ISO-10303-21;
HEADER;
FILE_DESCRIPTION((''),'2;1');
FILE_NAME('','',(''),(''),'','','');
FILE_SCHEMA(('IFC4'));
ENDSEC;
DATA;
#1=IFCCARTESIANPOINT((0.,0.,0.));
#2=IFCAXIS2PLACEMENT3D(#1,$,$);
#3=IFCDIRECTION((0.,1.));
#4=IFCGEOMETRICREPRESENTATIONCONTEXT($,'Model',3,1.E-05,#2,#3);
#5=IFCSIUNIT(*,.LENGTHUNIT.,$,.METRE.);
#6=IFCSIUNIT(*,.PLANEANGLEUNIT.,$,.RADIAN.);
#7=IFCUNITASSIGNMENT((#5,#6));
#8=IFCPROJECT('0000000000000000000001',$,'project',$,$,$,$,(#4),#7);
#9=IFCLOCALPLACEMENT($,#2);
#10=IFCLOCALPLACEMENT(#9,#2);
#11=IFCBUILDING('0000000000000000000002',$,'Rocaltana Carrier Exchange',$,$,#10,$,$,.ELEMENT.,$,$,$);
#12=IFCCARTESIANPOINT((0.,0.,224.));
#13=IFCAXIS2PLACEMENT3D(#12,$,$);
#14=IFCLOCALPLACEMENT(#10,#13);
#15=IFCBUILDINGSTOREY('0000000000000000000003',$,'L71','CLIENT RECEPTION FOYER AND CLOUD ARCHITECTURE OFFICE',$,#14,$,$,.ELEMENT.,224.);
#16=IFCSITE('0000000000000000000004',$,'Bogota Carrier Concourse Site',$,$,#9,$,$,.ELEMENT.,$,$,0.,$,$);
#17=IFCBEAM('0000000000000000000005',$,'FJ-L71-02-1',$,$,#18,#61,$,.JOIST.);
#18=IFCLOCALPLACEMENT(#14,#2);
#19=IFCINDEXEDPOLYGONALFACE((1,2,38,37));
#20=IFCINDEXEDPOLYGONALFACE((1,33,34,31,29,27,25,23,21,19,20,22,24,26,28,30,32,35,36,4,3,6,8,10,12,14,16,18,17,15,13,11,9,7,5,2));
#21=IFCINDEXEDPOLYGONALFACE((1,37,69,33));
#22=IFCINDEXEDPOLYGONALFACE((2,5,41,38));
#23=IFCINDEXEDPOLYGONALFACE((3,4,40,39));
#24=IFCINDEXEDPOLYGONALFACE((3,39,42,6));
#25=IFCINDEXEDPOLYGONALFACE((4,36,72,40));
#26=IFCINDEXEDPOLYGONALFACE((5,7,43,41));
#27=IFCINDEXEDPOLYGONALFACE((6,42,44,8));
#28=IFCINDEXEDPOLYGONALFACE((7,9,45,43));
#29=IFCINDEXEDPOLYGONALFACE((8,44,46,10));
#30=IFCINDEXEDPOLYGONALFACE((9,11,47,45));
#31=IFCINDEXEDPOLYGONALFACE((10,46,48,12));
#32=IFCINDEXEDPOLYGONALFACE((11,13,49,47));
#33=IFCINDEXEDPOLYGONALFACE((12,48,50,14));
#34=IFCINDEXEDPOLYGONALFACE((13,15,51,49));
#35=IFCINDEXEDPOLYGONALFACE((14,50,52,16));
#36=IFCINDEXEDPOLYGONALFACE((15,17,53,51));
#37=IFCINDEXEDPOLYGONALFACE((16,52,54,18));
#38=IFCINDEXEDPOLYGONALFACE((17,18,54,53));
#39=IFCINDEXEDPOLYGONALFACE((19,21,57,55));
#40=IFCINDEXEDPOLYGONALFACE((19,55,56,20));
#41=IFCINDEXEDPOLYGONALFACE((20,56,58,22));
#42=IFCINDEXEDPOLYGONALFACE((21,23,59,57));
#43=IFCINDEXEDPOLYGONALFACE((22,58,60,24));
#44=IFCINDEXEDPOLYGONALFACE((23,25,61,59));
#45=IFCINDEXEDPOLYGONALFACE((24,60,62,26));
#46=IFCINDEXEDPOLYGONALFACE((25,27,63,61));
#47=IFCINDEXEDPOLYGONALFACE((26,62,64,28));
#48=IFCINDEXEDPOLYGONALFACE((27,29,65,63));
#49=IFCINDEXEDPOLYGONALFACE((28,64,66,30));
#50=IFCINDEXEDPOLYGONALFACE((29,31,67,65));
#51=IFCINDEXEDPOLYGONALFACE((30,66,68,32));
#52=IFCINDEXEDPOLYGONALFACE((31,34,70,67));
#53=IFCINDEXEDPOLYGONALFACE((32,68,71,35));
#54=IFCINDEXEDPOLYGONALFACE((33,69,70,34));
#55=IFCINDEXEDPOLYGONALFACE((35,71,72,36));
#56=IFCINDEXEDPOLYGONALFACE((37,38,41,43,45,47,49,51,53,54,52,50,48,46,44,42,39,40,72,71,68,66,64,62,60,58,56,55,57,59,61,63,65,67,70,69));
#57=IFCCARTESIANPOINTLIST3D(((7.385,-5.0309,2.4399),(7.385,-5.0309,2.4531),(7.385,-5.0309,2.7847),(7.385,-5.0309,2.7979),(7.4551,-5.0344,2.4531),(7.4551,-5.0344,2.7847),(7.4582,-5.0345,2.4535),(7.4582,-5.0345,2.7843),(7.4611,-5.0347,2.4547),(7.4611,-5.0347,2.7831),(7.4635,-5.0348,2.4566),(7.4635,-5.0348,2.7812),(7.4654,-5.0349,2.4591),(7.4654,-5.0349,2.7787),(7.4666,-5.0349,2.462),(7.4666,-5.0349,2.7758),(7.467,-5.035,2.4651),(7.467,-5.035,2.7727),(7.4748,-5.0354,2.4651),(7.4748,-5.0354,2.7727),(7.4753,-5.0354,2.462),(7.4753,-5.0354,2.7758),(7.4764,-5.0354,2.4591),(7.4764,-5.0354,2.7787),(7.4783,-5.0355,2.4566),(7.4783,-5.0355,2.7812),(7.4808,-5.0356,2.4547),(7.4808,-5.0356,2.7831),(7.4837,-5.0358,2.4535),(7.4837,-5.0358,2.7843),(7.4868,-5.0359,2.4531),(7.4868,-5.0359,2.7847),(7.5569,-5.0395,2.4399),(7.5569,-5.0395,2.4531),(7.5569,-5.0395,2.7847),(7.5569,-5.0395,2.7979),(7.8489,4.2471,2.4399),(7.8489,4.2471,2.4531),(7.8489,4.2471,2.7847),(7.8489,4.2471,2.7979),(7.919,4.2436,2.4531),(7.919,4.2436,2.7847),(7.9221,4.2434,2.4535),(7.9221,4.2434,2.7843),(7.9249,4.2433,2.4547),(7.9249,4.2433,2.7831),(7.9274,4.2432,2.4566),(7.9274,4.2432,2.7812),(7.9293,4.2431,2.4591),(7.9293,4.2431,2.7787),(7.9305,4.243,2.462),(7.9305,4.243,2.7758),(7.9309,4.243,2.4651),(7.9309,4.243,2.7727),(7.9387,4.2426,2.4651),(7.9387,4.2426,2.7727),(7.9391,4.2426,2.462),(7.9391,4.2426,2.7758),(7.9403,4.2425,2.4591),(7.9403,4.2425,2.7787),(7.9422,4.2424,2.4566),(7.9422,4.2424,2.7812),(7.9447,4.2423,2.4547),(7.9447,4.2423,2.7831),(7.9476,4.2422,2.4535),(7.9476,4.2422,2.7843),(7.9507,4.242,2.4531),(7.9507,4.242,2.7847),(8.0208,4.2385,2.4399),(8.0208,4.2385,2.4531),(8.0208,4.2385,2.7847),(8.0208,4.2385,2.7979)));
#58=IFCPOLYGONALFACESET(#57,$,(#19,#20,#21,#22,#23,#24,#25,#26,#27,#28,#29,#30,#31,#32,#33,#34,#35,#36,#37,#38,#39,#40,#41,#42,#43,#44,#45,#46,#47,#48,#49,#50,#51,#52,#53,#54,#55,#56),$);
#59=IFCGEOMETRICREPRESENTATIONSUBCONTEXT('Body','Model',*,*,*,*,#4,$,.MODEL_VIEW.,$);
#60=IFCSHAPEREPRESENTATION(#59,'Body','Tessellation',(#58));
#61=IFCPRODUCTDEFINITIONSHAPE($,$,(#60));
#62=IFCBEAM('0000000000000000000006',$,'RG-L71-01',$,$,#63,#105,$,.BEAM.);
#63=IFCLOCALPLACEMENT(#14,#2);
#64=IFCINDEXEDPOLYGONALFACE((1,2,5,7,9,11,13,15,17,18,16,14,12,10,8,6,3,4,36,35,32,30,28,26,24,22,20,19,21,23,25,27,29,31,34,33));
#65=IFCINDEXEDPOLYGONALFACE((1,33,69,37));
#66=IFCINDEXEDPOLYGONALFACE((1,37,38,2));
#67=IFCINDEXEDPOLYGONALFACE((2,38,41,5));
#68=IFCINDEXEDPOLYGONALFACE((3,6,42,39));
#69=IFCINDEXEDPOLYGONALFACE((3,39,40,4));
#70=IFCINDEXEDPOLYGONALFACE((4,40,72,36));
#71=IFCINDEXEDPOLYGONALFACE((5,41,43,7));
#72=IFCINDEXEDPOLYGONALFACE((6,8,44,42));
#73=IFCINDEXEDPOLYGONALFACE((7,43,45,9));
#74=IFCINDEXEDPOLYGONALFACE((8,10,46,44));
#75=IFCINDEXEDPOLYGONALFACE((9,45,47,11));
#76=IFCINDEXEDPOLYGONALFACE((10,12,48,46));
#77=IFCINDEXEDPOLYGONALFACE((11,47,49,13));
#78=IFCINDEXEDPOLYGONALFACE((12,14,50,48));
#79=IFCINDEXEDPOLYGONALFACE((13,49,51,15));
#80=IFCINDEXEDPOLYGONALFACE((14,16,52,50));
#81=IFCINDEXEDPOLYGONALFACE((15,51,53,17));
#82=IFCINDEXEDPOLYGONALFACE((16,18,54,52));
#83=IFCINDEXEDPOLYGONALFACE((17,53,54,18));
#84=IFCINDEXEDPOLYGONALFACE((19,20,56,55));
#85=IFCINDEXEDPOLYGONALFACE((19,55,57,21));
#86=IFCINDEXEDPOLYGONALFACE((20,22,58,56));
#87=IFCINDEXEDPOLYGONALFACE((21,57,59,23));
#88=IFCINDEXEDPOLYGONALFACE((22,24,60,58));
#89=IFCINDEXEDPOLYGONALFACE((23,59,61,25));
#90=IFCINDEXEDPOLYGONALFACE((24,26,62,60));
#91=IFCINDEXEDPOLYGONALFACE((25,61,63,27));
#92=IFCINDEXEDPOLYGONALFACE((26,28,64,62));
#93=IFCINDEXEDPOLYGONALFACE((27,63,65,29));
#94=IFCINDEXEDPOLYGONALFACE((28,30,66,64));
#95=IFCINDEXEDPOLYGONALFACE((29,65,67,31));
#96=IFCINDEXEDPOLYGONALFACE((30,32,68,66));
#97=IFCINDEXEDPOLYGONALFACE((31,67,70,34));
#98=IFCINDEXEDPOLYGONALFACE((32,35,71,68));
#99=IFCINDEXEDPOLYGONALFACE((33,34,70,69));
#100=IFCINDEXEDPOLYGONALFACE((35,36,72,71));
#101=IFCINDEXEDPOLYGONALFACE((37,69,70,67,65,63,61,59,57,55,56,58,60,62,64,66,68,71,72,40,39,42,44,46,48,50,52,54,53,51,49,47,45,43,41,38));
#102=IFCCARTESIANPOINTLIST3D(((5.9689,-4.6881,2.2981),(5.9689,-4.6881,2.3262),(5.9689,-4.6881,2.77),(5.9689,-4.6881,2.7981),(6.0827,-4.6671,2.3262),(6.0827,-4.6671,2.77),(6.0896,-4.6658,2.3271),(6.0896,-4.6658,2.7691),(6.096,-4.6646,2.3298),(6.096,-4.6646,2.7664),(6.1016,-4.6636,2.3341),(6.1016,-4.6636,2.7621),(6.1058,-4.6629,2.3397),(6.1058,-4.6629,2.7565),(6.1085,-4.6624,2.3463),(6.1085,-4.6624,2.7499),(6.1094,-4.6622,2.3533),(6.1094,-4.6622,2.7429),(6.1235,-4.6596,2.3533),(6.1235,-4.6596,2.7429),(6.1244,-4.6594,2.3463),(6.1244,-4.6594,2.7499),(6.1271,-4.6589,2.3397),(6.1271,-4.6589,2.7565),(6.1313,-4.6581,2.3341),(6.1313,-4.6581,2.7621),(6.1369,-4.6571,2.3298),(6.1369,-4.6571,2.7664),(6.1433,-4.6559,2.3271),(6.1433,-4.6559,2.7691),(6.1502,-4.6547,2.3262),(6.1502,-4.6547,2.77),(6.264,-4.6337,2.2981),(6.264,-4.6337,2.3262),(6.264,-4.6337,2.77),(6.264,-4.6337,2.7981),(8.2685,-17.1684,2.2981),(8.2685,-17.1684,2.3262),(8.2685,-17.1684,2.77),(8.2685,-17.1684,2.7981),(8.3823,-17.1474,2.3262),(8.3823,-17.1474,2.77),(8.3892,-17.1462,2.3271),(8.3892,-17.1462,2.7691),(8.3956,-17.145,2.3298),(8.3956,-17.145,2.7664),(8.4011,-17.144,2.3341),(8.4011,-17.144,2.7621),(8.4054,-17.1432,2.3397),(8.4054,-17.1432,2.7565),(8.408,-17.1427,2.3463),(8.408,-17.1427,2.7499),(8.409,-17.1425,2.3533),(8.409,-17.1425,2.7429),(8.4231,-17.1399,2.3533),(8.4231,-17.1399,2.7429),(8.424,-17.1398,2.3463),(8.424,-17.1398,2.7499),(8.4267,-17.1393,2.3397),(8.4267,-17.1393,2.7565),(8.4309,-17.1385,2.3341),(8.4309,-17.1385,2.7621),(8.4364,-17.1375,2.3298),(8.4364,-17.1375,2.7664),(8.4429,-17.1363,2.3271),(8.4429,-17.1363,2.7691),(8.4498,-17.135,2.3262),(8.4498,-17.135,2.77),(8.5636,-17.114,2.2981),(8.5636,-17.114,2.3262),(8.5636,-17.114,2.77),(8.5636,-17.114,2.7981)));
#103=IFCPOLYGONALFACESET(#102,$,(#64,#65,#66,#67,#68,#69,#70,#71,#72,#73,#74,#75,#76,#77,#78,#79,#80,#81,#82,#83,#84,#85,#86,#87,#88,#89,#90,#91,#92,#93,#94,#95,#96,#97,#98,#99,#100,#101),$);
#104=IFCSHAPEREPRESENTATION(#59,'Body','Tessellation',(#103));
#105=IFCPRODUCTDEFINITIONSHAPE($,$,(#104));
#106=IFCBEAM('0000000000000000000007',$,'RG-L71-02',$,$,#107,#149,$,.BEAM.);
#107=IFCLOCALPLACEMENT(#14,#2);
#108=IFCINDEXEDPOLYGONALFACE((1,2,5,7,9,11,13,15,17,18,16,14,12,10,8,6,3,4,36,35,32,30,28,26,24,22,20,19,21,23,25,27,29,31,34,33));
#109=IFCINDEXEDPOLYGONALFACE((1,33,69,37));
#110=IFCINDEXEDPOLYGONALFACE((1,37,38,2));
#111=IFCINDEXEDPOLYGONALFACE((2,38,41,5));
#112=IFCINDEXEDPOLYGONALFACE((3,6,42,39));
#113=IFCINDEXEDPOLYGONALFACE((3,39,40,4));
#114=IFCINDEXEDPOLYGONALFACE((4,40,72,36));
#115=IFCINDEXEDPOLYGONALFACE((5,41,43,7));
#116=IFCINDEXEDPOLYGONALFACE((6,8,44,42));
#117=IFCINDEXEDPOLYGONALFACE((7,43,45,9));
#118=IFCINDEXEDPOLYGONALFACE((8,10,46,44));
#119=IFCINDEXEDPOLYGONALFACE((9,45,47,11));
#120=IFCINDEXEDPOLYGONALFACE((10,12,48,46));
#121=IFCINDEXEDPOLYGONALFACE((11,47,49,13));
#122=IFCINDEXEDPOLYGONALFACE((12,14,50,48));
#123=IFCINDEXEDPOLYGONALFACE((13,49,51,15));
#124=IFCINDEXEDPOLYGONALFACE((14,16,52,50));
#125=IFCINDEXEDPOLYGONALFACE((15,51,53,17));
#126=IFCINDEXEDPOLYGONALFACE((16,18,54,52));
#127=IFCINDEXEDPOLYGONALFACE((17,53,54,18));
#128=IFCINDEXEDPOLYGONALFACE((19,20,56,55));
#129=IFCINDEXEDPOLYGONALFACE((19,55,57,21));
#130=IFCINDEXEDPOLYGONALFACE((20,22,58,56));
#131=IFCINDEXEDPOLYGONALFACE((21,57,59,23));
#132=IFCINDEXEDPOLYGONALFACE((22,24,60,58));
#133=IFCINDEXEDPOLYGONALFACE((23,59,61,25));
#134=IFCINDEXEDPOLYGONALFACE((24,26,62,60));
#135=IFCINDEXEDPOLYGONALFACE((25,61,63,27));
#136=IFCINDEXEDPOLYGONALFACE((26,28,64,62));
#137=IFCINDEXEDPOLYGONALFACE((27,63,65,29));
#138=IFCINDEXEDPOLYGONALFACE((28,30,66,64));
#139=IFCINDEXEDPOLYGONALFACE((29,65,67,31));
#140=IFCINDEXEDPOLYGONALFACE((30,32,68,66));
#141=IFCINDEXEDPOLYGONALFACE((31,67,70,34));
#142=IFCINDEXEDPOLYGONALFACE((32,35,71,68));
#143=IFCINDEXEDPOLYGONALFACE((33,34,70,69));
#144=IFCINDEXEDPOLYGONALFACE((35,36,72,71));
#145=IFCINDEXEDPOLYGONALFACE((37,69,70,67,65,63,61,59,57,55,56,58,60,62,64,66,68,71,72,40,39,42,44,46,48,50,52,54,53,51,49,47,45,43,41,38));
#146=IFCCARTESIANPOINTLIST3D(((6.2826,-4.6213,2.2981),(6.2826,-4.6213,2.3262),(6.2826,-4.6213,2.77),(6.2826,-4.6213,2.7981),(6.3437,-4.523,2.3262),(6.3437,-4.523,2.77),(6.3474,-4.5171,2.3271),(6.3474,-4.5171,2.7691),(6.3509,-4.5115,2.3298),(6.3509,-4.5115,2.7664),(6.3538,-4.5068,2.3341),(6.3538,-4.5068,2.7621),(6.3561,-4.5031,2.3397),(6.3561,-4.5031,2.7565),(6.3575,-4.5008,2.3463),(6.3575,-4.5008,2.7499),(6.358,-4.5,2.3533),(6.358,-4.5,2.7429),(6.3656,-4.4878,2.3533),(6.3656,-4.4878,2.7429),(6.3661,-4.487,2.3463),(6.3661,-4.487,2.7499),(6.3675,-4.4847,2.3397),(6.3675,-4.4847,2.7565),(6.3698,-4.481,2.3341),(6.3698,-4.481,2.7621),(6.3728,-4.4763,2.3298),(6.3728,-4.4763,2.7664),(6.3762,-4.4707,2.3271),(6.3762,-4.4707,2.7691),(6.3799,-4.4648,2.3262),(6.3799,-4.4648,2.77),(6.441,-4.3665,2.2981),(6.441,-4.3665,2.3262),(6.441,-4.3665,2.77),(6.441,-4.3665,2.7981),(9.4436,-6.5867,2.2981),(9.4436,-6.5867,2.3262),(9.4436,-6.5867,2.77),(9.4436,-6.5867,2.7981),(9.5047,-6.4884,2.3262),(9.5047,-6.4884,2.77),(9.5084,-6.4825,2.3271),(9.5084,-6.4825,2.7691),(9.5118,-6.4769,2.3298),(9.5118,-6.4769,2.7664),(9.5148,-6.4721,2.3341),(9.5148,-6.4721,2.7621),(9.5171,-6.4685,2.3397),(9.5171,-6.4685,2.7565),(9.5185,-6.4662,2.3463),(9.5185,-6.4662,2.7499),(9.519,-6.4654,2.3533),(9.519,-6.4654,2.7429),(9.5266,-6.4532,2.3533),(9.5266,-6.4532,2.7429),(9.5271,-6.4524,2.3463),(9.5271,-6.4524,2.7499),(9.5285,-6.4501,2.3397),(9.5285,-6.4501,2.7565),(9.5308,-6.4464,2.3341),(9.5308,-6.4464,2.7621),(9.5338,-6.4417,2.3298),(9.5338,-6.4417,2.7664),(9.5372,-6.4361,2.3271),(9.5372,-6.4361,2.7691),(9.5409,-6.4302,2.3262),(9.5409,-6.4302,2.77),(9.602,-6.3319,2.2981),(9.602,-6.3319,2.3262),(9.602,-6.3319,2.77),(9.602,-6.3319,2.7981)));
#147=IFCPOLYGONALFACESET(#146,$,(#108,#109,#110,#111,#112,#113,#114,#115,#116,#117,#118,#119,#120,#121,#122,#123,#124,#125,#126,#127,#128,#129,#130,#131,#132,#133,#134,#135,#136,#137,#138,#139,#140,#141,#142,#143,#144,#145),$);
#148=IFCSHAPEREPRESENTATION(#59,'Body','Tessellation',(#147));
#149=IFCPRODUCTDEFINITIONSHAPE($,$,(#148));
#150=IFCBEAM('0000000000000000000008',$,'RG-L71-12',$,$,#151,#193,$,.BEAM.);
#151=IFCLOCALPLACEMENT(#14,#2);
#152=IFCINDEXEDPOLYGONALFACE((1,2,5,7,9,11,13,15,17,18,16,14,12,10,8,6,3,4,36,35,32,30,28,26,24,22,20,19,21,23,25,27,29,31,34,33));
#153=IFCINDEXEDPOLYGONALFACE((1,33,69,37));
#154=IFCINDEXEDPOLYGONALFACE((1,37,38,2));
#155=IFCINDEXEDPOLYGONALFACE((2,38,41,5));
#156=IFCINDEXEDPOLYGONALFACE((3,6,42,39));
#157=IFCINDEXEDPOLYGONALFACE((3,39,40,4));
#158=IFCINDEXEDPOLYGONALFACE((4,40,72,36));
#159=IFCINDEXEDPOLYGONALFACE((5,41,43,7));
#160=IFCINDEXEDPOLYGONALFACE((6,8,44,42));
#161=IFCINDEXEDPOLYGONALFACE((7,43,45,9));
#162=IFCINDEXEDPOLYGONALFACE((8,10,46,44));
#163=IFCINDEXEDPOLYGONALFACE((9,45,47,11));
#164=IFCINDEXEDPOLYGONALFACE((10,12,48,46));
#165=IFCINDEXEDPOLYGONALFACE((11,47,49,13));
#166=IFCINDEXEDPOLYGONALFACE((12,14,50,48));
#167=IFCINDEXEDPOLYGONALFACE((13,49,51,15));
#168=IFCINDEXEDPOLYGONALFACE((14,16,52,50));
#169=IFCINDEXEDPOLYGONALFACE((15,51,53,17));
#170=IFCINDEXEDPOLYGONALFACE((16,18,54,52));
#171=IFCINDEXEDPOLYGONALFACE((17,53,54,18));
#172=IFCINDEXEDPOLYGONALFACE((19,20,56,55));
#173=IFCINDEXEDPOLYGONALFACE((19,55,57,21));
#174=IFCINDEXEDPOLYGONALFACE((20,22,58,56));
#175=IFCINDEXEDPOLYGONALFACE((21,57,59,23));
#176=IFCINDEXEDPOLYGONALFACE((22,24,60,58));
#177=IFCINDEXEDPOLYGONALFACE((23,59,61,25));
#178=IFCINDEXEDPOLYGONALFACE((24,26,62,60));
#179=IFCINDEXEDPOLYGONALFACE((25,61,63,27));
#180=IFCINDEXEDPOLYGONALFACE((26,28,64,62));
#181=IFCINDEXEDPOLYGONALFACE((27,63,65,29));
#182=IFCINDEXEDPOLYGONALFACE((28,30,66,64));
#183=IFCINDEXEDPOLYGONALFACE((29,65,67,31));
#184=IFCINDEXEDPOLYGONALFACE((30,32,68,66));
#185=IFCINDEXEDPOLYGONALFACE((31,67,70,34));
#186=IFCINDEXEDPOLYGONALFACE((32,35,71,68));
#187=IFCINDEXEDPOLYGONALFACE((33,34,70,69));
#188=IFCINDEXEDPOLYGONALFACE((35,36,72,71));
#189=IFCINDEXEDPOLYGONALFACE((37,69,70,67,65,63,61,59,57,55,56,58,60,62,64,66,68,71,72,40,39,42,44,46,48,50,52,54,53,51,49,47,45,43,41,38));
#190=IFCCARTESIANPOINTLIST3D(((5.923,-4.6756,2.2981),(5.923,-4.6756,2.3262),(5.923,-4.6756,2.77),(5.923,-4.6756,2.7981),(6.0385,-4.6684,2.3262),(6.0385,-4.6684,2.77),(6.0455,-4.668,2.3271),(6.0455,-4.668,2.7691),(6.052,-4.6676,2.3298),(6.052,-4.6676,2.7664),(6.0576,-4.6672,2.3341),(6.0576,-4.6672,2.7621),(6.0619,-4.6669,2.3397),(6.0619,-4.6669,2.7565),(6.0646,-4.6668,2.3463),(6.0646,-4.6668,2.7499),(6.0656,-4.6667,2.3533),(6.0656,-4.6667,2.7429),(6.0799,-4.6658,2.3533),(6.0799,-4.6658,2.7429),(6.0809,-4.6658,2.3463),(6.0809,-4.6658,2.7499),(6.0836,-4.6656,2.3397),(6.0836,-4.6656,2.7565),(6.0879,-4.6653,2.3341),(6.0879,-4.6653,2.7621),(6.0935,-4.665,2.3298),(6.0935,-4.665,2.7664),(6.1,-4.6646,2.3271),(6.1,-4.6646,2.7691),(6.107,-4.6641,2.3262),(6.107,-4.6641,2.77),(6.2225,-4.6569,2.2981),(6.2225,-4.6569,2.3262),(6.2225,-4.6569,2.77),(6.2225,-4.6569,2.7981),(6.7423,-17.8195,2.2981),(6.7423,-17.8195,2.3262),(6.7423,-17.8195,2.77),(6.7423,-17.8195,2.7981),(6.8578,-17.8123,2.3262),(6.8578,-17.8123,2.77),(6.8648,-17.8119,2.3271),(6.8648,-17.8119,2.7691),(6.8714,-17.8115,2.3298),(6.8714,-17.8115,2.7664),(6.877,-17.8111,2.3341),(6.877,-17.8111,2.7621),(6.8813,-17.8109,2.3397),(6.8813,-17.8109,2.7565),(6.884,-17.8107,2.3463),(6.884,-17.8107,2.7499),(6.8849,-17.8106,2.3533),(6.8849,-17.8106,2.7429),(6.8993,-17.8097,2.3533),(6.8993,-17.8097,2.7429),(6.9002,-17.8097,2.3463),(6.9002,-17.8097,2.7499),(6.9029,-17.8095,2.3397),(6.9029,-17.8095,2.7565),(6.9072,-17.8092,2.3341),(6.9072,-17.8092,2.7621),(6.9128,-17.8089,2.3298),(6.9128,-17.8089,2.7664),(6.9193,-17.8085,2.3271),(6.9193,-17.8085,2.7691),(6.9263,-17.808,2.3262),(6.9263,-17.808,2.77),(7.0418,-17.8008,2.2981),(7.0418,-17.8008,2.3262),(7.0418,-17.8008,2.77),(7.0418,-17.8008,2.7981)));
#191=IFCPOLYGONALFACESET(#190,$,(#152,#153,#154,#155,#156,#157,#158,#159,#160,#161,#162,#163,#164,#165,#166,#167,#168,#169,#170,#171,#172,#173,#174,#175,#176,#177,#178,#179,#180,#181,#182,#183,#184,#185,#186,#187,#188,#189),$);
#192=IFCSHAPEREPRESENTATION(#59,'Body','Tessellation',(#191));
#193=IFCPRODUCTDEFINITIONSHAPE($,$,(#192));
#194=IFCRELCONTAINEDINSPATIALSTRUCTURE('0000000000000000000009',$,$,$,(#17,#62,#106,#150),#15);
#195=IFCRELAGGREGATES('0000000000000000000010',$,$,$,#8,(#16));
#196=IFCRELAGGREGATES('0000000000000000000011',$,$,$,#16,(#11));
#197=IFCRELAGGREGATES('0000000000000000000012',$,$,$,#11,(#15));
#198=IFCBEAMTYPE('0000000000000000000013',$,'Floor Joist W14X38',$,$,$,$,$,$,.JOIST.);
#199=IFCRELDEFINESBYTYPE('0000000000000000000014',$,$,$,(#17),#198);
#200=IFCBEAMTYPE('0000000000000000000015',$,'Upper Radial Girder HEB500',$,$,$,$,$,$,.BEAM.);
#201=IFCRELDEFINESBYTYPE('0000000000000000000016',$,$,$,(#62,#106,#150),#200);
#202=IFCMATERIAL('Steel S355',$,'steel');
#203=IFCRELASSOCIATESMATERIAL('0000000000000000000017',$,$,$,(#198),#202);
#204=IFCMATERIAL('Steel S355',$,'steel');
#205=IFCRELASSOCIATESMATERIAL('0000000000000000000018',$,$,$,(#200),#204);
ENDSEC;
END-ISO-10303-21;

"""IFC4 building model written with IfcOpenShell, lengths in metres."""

from ifc_helpers import new_model, si_unit, direction, frame, origin, origin_2d, place, context, subcontext, project, spatial, i_section, extrude, material, material_profile, profile_set, type_object, element, save


model = new_model("IFC4")

# Units and contexts
model_context = context("Model", 3, precision=1e-05, world=origin(), true_north=direction((0.0, 1.0)))
body_context = subcontext(model_context, "Body", "Model", "MODEL_VIEW")
ifc_project = project(units=[si_unit("LENGTHUNIT", "METRE"), si_unit("PLANEANGLEUNIT", "RADIAN")], contexts=[model_context])

# Site, building, storey
site_placement = place(None, origin())
site = spatial("IfcSite", under=ifc_project, at=site_placement, Name="Bogota Carrier Concourse Site", CompositionType="ELEMENT", RefElevation=0.0)
building_placement = place(site_placement, origin())
building = spatial("IfcBuilding", under=site, at=building_placement, Name="Rocaltana Carrier Exchange", CompositionType="ELEMENT")
storey_placement = place(building_placement, frame((0.0, 0.0, 224.0)))
storey = spatial("IfcBuildingStorey", under=building, at=storey_placement, Name="L71", Description="CLIENT RECEPTION FOYER AND CLOUD ARCHITECTURE OFFICE", CompositionType="ELEMENT", Elevation=224.0)

# Beams
ifc_material_1 = material(Name="Steel S355", Category="steel")
ifc_material_profile_1 = material_profile(ifc_material_1, i_section(OverallWidth=0.1721, OverallDepth=0.3579, WebThickness=0.0078, FlangeThickness=0.0132, FilletRadius=0.012, at=origin_2d()), Name="W14X38")
ifc_profile_set_1 = profile_set([ifc_material_profile_1], Name="Steel S355")
beam_type_1 = type_object("IfcBeamType", Name="Floor Joist W14X38", PredefinedType="JOIST", material=ifc_profile_set_1)
beam_1_placement = place(storey_placement, frame((7.4709, -5.0352, 2.6189), z_axis=(0.049934, 0.998753, 0.0), x_axis=(-0.998753, 0.049934, 0.0)))
element("IfcBeam", 1, at=beam_1_placement, inside=storey, type_object=beam_type_1, Name="FJ-L71-02-1", PredefinedType="JOIST", context=body_context, shape_type="SweptSolid", body=[
    extrude(i_section(OverallWidth=0.1721, OverallDepth=0.3579, WebThickness=0.0078, FlangeThickness=0.0132, FilletRadius=0.012, at=origin_2d()), origin(), (0.0, 0.0, 1.0), 9.2896),
])
ifc_material_2 = material(Name="Steel S355", Category="steel")
ifc_material_profile_2 = material_profile(ifc_material_2, i_section(OverallWidth=0.3, OverallDepth=0.5, WebThickness=0.0144, FlangeThickness=0.0281, FilletRadius=0.0271, at=origin_2d()), Name="HEB500")
ifc_profile_set_2 = profile_set([ifc_material_profile_2], Name="Steel S355")
beam_type_2 = type_object("IfcBeamType", Name="Upper Radial Girder HEB500", PredefinedType="BEAM", material=ifc_profile_set_2)
beam_2_placement = place(storey_placement, frame((6.1165, -4.6609, 2.5481), z_axis=(0.181206, -0.983445, 0.0), x_axis=(0.983445, 0.181206, 0.0)))
element("IfcBeam", 2, at=beam_2_placement, inside=storey, type_object=beam_type_2, Name="RG-L71-01", PredefinedType="BEAM", context=body_context, shape_type="SweptSolid", body=[
    extrude(i_section(OverallWidth=0.3, OverallDepth=0.5, WebThickness=0.0144, FlangeThickness=0.0281, FilletRadius=0.0271, at=origin_2d()), origin(), (0.0, 0.0, 1.0), 12.6904),
])
beam_3_placement = place(storey_placement, frame((6.3618, -4.4939, 2.5481), z_axis=(0.84923, -0.528022, 0.0), x_axis=(0.528022, 0.84923, 0.0)))
element("IfcBeam", 3, at=beam_3_placement, inside=storey, type_object=beam_type_2, Name="RG-L71-02", PredefinedType="BEAM", context=body_context, shape_type="SweptSolid", body=[
    extrude(i_section(OverallWidth=0.3, OverallDepth=0.5, WebThickness=0.0144, FlangeThickness=0.0281, FilletRadius=0.0271, at=origin_2d()), origin(), (0.0, 0.0, 1.0), 3.7222),
])
beam_4_placement = place(storey_placement, frame((6.0728, -4.6663, 2.5481), z_axis=(0.062214, -0.998063, 0.0), x_axis=(0.998063, 0.062214, 0.0)))
element("IfcBeam", 4, at=beam_4_placement, inside=storey, type_object=beam_type_2, Name="RG-L71-12", PredefinedType="BEAM", context=body_context, shape_type="SweptSolid", body=[
    extrude(i_section(OverallWidth=0.3, OverallDepth=0.5, WebThickness=0.0144, FlangeThickness=0.0281, FilletRadius=0.0271, at=origin_2d()), origin(), (0.0, 0.0, 1.0), 13.1694),
])

save(model, "model.ifc")
